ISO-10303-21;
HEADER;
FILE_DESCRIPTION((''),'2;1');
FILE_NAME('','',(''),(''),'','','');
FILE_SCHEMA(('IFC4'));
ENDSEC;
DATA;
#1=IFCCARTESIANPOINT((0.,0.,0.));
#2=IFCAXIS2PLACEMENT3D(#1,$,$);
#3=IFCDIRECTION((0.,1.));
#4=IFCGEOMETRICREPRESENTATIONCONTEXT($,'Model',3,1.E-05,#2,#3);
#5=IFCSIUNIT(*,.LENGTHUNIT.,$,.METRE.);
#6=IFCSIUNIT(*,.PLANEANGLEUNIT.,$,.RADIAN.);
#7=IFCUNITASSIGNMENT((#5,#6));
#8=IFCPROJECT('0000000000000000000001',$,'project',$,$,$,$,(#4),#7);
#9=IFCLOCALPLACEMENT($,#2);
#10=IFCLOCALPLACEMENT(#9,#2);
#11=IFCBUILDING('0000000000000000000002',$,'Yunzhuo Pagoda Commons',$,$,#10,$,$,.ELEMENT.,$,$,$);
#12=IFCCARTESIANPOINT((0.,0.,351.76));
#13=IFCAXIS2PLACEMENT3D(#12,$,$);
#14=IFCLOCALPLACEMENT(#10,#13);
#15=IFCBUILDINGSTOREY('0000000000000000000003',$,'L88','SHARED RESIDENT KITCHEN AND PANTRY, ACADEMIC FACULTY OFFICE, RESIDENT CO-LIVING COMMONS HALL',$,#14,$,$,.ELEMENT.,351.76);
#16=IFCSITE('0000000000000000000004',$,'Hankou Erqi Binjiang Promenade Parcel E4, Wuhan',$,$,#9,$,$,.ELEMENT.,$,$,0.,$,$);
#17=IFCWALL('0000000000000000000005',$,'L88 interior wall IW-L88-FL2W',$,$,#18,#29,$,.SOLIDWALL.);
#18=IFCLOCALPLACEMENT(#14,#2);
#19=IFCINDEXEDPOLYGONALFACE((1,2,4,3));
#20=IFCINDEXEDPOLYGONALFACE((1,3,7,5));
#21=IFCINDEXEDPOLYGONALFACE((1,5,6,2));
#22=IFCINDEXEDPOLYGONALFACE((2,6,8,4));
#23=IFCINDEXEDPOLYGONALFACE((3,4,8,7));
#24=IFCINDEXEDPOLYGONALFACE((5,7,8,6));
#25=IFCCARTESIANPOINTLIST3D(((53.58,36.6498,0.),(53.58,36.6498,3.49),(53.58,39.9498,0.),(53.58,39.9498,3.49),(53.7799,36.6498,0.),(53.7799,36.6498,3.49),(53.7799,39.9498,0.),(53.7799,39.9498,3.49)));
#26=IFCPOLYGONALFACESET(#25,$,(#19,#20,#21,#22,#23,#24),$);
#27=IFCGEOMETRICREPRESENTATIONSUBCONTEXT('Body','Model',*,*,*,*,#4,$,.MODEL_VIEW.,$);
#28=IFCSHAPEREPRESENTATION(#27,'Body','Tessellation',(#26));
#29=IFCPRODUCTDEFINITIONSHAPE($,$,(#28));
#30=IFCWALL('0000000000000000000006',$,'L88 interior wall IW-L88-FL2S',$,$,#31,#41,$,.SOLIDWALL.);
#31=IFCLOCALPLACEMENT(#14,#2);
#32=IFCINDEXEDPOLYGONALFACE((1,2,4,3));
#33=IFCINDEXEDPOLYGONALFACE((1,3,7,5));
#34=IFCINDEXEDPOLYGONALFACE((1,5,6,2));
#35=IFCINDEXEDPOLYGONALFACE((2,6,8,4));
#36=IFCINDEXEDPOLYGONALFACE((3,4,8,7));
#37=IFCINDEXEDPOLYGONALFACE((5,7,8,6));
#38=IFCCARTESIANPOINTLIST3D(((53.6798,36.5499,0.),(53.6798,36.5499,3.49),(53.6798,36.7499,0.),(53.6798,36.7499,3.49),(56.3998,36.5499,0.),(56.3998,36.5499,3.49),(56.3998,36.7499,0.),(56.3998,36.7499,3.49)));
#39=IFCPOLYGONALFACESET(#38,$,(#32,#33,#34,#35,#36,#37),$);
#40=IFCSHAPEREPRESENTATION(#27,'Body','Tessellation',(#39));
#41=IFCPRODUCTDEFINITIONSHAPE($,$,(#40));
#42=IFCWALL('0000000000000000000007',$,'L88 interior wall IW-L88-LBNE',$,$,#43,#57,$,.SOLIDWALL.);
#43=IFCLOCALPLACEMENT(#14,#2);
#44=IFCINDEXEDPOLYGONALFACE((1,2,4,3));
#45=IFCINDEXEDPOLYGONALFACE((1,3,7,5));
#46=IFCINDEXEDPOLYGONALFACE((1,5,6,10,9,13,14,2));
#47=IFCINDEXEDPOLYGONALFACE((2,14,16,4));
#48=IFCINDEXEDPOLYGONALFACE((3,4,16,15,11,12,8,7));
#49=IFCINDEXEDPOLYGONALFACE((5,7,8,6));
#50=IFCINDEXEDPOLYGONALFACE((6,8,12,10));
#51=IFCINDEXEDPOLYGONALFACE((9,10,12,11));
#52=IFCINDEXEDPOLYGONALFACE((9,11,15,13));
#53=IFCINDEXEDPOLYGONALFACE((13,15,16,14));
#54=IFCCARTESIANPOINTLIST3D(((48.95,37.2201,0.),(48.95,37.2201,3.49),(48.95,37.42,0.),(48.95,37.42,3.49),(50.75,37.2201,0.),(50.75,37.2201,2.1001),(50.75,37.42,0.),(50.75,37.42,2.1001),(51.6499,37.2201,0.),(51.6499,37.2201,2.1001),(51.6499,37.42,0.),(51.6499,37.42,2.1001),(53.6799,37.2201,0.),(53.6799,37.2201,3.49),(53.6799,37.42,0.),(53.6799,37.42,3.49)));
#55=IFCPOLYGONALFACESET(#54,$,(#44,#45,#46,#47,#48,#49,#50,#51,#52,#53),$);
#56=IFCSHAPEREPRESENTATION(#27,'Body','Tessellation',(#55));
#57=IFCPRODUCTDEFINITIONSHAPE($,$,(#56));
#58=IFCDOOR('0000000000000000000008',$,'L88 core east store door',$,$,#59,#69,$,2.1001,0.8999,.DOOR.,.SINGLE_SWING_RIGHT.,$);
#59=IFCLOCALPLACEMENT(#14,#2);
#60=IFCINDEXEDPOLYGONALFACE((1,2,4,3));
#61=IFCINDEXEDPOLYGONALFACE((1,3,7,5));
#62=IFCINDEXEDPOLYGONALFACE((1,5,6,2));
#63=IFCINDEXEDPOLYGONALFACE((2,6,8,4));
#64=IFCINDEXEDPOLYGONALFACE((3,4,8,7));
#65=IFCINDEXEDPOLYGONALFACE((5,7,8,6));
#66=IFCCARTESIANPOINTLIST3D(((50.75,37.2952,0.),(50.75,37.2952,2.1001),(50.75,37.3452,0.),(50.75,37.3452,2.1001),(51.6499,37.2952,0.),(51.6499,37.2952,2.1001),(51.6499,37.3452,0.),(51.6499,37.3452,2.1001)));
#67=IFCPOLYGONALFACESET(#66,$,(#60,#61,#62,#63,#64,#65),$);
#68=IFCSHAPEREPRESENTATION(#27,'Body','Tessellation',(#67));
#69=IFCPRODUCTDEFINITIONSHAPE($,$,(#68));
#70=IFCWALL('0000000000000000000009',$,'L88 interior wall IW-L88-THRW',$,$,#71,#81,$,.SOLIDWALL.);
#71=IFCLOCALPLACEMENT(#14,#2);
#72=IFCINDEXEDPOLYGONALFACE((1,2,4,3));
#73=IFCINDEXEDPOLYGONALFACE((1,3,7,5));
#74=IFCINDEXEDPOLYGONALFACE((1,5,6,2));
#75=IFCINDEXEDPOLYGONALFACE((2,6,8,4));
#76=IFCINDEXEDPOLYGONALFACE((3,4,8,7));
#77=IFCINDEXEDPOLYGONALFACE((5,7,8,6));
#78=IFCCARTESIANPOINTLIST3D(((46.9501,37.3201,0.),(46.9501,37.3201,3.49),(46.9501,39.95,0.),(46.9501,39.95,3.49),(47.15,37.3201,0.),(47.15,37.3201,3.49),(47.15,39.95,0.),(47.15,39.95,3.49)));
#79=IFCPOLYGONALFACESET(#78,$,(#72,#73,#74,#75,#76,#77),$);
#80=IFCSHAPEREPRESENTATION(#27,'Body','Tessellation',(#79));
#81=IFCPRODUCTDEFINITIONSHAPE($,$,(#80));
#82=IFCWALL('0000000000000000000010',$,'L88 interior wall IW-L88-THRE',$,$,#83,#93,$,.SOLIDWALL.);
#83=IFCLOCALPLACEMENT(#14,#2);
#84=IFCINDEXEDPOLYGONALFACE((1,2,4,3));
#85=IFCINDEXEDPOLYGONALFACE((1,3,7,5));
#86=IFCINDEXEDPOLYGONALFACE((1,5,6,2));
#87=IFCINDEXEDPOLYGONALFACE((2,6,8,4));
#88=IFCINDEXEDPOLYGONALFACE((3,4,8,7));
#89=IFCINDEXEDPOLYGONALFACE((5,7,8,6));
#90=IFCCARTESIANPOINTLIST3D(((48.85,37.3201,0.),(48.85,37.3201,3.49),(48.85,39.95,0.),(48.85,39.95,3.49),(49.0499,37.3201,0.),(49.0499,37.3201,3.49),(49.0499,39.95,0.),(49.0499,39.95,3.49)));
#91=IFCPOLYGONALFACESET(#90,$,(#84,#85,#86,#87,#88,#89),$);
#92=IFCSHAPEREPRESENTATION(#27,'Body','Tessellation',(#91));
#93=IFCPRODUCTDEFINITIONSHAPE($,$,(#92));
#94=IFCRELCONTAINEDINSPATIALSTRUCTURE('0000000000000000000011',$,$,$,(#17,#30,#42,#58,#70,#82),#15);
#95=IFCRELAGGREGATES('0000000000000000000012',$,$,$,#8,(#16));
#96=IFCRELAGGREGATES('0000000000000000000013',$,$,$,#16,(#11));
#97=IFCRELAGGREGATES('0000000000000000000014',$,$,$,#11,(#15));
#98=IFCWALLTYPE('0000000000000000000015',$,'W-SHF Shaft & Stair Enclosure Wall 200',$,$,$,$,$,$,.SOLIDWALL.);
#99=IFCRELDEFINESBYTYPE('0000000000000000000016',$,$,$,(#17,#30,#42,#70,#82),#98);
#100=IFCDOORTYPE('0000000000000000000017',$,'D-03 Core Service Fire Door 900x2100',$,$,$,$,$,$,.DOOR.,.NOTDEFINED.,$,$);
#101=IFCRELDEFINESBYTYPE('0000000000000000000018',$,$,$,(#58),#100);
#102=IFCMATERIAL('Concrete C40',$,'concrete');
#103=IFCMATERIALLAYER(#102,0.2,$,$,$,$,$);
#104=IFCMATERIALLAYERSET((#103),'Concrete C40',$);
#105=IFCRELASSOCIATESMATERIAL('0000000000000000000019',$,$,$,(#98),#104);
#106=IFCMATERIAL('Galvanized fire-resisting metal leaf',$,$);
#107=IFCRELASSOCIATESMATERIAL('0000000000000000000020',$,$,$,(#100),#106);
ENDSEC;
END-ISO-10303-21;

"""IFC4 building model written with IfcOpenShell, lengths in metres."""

from ifc_helpers import new_model, si_unit, direction, frame, frame_2d, origin, place, context, subcontext, project, spatial, rectangle, extrude, source, transform, mapped, material, layer, layer_set, type_object, element, fill, save


model = new_model("IFC4")

# Units and contexts
model_context = context("Model", 3, precision=1e-05, world=origin(), true_north=direction((0.0, 1.0)))
body_context = subcontext(model_context, "Body", "Model", "MODEL_VIEW")
ifc_project = project(units=[si_unit("LENGTHUNIT", "METRE"), si_unit("PLANEANGLEUNIT", "RADIAN")], contexts=[model_context])

# Site, building, storey
site_placement = place(None, origin())
site = spatial("IfcSite", under=ifc_project, at=site_placement, Name="Hankou Erqi Binjiang Promenade Parcel E4, Wuhan", CompositionType="ELEMENT", RefElevation=0.0)
building_placement = place(site_placement, origin())
building = spatial("IfcBuilding", under=site, at=building_placement, Name="Yunzhuo Pagoda Commons", CompositionType="ELEMENT")
storey_placement = place(building_placement, frame((0.0, 0.0, 351.76)))
storey = spatial("IfcBuildingStorey", under=building, at=storey_placement, Name="L88", Description="SHARED RESIDENT KITCHEN AND PANTRY, ACADEMIC FACULTY OFFICE, RESIDENT CO-LIVING COMMONS HALL", CompositionType="ELEMENT", Elevation=351.76)

# Shared definitions
ifc_material_1 = material(Name="Galvanized fire-resisting metal leaf")

# Walls
ifc_material_2 = material(Name="Concrete C40", Category="concrete")
ifc_layer_1 = layer(ifc_material_2, 0.2)
ifc_layer_set_1 = layer_set([ifc_layer_1], Name="Concrete C40")
wall_type_1 = type_object("IfcWallType", Name="W-SHF Shaft & Stair Enclosure Wall 200", PredefinedType="SOLIDWALL", material=ifc_layer_set_1)
wall_1_placement = place(storey_placement, frame((53.6799, 36.6499, 0.0), z_axis=(0.0, 0.0, 1.0), x_axis=(0.0, 1.0, 0.0)))
element("IfcWall", 1, at=wall_1_placement, inside=storey, type_object=wall_type_1, Name="L88 interior wall IW-L88-FL2W", PredefinedType="SOLIDWALL", context=body_context, shape_type="SweptSolid", body=[
    extrude(rectangle(XDim=3.3, YDim=0.2, at=frame_2d((1.6499, 0.0))), origin(), (0.0, 0.0, 1.0), 3.49),
])
wall_2_placement = place(storey_placement, frame((53.6799, 36.6499, 0.0), z_axis=(0.0, 0.0, 1.0), x_axis=(1.0, 0.0, 0.0)))
element("IfcWall", 2, at=wall_2_placement, inside=storey, type_object=wall_type_1, Name="L88 interior wall IW-L88-FL2S", PredefinedType="SOLIDWALL", context=body_context, shape_type="SweptSolid", body=[
    extrude(rectangle(XDim=2.72, YDim=0.2, at=frame_2d((1.3599, 0.0))), origin(), (0.0, 0.0, 1.0), 3.49),
])

# Wall, opening, door
wall_3_placement = place(storey_placement, frame((48.95, 37.3201, 0.0), z_axis=(0.0, 0.0, 1.0), x_axis=(1.0, 0.0, 0.0)))
wall_3 = element("IfcWall", 3, at=wall_3_placement, inside=storey, type_object=wall_type_1, Name="L88 interior wall IW-L88-LBNE", PredefinedType="SOLIDWALL", context=body_context, shape_type="SweptSolid", body=[
    extrude(rectangle(XDim=4.73, YDim=0.2, at=frame_2d((2.365, 0.0))), origin(), (0.0, 0.0, 1.0), 3.49),
])
opening_1_placement = place(wall_3_placement, frame((1.8, 0.0, 0.0)))
opening_1 = element("IfcOpeningElement", 4, at=opening_1_placement, cuts=wall_3, PredefinedType="OPENING", context=body_context, shape_type="SweptSolid", body=[
    extrude(rectangle(XDim=0.8999, YDim=2.1001, at=frame_2d((0.45, 1.05))), frame((0.0, 0.1099, 0.0), z_axis=(0.0, -1.0, 0.0), x_axis=(1.0, 0.0, 0.0)), (0.0, 0.0, 1.0), 0.22),
])
door_type_1 = type_object("IfcDoorType", Name="D-03 Core Service Fire Door 900x2100", OperationType="NOTDEFINED", PredefinedType="DOOR", material=ifc_material_1)
shared_shape_1 = source(origin(), body_context, "Body", "SweptSolid", [
    extrude(rectangle(XDim=0.8999, YDim=2.1001, at=frame_2d((0.45, 1.05))), frame((0.0, 0.0249, 0.0), z_axis=(0.0, -1.0, 0.0), x_axis=(1.0, 0.0, 0.0)), (0.0, 0.0, 1.0), 0.05),
])
door_1_placement = place(opening_1_placement, frame((0.8999, 0.0, 0.0), z_axis=(0.0, 0.0, 1.0), x_axis=(-1.0, 0.0, 0.0)))
door_1 = element("IfcDoor", 5, at=door_1_placement, inside=storey, type_object=door_type_1, Name="L88 core east store door", OperationType="SINGLE_SWING_RIGHT", OverallHeight=2.1001, OverallWidth=0.8999, PredefinedType="DOOR", context=body_context, shape_type="MappedRepresentation", body=[
    mapped(shared_shape_1, transform((0.0, 0.0, 0.0), scale=1.0)),
])
fill(opening_1, door_1)

# Walls
for number, where, z_axis, x_axis, name in (
    (6, (47.05, 37.3201, 0.0), (0.0, 0.0, 1.0), (0.0, 1.0, 0.0), "L88 interior wall IW-L88-THRW"),
    (7, (48.95, 37.3201, 0.0), (0.0, 0.0, 1.0), (0.0, 1.0, 0.0), "L88 interior wall IW-L88-THRE"),
):
    element("IfcWall", number, at=place(storey_placement, frame(where, z_axis=z_axis, x_axis=x_axis)), inside=storey, type_object=wall_type_1, Name=name, PredefinedType="SOLIDWALL", context=body_context, shape_type="SweptSolid", body=[
        extrude(rectangle(XDim=2.6299, YDim=0.2, at=frame_2d((1.3149, 0.0))), origin(), (0.0, 0.0, 1.0), 3.49),
    ])

save(model, "model.ifc")
